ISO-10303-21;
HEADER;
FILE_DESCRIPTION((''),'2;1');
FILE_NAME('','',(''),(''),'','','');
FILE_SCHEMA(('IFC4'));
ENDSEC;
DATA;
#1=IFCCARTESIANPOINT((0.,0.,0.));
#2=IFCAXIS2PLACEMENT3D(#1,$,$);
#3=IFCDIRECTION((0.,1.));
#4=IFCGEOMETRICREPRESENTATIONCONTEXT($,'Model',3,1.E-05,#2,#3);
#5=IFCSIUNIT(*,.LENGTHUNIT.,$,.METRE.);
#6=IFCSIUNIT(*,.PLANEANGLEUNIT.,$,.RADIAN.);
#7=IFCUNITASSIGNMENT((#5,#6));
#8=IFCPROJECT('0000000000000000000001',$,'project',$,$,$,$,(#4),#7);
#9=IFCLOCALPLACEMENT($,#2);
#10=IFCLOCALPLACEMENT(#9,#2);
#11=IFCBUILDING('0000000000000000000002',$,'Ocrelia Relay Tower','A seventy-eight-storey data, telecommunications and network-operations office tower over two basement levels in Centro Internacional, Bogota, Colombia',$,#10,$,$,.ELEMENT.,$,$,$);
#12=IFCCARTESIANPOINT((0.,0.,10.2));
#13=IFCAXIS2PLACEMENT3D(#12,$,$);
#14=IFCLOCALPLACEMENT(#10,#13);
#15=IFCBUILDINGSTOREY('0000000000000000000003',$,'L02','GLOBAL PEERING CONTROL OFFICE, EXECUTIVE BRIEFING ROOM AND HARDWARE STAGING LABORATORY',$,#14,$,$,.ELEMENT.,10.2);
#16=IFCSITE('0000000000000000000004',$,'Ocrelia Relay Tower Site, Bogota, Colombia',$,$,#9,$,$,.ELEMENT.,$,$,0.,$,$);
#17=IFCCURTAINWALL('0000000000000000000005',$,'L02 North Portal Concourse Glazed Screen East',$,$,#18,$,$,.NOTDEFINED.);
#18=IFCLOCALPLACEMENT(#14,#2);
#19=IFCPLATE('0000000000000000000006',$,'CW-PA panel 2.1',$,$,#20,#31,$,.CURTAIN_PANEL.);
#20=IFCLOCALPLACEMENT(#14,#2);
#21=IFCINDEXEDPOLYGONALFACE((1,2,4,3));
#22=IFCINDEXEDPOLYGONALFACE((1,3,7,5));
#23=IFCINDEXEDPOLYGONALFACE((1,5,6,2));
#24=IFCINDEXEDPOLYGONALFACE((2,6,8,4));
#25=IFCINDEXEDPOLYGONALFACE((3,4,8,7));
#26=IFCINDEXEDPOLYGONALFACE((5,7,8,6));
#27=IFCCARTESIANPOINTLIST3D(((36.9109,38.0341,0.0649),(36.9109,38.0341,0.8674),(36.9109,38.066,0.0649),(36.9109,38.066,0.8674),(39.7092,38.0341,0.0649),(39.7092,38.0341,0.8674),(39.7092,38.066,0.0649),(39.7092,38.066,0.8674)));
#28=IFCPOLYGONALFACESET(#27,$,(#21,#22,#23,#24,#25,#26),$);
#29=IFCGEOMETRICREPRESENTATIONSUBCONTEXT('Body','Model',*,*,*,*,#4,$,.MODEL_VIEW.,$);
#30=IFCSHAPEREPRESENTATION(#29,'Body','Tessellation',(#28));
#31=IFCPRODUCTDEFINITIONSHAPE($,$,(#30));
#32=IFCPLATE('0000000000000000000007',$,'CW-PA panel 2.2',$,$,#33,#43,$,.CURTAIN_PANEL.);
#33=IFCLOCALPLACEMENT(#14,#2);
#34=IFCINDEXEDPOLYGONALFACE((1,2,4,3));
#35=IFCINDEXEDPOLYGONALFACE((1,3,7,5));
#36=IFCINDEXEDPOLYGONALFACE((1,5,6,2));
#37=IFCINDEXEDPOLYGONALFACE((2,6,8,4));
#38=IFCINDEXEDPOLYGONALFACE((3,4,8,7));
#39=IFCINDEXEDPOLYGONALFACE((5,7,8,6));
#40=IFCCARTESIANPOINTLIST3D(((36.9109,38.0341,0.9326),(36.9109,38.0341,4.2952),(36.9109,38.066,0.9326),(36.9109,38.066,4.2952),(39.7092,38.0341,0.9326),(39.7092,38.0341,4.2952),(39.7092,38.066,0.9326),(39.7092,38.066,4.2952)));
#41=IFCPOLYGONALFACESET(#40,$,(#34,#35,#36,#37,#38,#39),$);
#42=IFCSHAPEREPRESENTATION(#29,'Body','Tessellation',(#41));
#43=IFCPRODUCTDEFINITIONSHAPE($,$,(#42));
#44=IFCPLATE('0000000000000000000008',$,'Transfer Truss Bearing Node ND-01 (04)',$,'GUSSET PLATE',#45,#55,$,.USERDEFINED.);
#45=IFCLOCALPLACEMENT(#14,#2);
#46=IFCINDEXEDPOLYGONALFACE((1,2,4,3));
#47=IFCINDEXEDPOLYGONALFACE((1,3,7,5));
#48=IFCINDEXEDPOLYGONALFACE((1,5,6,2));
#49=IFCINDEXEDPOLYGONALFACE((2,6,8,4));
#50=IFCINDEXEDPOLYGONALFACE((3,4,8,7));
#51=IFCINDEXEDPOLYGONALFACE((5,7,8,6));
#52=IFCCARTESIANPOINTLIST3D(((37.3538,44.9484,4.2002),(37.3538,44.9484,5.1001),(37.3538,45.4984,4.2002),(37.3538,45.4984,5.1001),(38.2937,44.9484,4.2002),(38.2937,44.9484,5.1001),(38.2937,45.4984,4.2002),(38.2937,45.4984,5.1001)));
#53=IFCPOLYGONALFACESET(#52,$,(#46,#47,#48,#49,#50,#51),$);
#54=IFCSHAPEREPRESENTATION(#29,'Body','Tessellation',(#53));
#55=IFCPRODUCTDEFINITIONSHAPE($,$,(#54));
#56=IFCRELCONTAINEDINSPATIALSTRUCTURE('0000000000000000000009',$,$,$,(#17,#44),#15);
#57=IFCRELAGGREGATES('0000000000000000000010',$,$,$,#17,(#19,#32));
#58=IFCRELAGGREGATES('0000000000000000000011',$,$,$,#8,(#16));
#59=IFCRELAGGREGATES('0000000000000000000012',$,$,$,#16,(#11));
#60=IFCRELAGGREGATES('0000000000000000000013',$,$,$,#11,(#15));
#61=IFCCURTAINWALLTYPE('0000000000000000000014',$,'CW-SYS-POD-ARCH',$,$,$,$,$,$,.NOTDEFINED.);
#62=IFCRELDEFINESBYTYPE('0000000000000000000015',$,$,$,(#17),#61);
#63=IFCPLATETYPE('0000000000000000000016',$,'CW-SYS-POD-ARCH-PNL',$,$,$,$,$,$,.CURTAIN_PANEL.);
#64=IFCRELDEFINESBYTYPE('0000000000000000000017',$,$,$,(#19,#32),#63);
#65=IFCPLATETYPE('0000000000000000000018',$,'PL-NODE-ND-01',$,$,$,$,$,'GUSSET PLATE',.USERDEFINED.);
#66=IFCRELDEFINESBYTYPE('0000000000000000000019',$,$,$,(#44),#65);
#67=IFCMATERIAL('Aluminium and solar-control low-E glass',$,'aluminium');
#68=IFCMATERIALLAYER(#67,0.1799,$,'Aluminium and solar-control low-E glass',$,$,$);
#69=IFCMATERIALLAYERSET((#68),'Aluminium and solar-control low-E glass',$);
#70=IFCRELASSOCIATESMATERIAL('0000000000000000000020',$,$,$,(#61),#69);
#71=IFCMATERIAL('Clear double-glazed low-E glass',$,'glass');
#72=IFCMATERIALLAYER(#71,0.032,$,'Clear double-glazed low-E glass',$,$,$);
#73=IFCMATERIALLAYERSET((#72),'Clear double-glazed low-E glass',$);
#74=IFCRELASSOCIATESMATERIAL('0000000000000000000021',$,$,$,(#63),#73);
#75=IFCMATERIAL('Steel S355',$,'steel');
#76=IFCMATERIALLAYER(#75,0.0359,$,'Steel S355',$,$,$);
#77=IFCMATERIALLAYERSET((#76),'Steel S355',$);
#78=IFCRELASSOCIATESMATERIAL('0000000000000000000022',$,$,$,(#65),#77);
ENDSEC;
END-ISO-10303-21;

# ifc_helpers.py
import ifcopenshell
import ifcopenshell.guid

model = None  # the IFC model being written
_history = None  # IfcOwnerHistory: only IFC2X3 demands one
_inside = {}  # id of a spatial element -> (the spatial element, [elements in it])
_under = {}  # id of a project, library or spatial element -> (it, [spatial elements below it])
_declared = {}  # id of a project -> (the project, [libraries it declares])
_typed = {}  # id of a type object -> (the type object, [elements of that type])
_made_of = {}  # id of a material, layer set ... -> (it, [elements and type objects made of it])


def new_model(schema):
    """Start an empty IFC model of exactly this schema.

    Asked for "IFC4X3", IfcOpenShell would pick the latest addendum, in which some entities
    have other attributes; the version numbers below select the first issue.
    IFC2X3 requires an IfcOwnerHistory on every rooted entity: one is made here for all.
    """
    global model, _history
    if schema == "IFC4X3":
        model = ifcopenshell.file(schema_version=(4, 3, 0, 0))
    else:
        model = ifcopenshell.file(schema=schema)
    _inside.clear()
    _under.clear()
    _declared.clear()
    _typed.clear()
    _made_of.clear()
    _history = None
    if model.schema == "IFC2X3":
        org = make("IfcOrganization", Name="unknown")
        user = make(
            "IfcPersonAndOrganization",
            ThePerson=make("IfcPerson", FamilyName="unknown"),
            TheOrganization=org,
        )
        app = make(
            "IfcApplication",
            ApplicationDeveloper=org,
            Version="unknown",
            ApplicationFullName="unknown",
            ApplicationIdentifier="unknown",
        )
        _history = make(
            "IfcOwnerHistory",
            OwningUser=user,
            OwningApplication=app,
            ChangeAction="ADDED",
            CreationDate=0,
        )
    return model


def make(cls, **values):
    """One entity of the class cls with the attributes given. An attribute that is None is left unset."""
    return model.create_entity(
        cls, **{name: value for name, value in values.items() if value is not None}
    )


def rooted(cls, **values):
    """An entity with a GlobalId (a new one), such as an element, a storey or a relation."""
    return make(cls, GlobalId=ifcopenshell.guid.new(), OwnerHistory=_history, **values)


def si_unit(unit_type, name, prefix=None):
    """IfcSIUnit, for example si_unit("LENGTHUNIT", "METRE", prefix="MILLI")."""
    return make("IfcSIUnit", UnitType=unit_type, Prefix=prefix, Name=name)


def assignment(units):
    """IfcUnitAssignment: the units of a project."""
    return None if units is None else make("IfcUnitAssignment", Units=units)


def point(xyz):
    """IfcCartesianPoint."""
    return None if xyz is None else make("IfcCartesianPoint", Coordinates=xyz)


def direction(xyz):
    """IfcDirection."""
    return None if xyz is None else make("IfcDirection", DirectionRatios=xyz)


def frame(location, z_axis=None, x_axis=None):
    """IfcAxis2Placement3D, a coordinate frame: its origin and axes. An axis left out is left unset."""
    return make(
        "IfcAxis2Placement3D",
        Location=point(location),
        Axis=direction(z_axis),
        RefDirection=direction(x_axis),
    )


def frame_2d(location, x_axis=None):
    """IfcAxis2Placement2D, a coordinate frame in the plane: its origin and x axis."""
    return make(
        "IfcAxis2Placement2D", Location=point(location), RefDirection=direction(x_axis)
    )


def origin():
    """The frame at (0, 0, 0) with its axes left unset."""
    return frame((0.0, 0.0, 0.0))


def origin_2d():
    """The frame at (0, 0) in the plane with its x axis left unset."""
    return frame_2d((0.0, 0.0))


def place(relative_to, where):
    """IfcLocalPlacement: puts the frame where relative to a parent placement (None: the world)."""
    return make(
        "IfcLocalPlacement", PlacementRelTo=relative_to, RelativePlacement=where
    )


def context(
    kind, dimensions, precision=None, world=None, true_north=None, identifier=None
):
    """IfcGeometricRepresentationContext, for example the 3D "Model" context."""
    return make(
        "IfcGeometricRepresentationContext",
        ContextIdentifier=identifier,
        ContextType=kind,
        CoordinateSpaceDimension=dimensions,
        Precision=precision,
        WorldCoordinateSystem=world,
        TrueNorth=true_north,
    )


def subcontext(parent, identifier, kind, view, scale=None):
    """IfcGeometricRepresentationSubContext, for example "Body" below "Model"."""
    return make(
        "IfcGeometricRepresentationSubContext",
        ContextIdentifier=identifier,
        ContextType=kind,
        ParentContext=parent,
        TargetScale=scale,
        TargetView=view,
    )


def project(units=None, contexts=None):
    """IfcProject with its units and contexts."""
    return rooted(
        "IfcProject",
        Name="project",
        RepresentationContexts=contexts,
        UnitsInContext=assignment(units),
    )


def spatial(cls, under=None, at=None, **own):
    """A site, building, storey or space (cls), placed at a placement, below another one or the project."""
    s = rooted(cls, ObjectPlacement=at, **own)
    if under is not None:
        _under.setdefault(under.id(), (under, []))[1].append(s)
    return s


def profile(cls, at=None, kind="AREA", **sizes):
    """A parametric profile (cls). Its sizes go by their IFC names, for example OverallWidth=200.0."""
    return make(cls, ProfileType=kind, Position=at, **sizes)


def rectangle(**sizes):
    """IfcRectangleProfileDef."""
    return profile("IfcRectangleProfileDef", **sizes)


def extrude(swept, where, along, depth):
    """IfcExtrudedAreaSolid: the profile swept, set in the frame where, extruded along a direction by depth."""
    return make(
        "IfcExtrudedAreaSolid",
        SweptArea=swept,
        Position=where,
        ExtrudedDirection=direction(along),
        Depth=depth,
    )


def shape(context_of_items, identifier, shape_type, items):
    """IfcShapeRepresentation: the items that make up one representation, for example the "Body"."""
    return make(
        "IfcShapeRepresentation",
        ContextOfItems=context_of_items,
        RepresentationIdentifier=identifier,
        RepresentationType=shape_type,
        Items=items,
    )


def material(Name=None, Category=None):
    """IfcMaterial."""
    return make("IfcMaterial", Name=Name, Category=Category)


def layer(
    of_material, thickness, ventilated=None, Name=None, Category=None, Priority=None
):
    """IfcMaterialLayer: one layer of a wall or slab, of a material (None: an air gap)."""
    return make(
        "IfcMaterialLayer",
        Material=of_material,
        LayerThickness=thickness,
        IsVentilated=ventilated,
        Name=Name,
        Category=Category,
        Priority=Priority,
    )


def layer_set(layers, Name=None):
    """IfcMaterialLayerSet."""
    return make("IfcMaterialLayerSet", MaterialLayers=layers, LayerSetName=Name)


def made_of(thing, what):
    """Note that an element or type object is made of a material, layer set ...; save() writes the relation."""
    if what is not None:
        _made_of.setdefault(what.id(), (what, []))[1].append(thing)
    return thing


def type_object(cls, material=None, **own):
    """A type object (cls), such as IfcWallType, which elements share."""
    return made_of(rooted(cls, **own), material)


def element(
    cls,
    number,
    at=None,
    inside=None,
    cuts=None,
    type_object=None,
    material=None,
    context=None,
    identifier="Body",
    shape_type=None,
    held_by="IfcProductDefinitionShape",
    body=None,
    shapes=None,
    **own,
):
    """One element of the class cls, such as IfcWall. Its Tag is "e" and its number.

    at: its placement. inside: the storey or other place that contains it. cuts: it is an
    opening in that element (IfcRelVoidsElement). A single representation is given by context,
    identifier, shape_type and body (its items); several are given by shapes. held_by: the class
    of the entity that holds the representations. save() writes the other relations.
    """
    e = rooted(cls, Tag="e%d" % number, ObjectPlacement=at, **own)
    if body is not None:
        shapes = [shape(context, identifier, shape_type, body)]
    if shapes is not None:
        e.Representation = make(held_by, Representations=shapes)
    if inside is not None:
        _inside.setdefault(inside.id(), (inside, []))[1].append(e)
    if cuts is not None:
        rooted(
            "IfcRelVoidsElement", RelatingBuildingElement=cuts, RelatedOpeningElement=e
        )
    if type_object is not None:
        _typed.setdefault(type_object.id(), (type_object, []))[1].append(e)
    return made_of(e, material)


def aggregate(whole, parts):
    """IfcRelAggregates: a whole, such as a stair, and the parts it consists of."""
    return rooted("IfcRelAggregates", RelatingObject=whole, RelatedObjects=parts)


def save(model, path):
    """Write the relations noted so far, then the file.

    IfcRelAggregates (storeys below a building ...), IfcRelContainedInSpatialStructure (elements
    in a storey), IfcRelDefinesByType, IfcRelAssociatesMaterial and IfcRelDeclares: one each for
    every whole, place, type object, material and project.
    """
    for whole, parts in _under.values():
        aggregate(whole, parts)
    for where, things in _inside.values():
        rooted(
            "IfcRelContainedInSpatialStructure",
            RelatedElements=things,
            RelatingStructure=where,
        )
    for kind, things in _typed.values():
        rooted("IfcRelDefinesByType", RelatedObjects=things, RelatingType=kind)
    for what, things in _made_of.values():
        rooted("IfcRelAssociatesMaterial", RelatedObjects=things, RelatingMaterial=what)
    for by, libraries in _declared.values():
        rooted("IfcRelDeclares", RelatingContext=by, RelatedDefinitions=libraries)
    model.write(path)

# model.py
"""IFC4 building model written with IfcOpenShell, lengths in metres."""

from ifc_helpers import new_model, si_unit, direction, frame, origin, origin_2d, place, context, subcontext, project, spatial, rectangle, extrude, material, layer, layer_set, type_object, element, aggregate, save


model = new_model("IFC4")

# Units and contexts
model_context = context("Model", 3, precision=1e-05, world=origin(), true_north=direction((0.0, 1.0)))
body_context = subcontext(model_context, "Body", "Model", "MODEL_VIEW")
ifc_project = project(units=[si_unit("LENGTHUNIT", "METRE"), si_unit("PLANEANGLEUNIT", "RADIAN")], contexts=[model_context])

# Site, building, storey
site_placement = place(None, origin())
site = spatial("IfcSite", under=ifc_project, at=site_placement, Name="Ocrelia Relay Tower Site, Bogota, Colombia", CompositionType="ELEMENT", RefElevation=0.0)
building_placement = place(site_placement, origin())
building = spatial("IfcBuilding", under=site, at=building_placement, Name="Ocrelia Relay Tower", Description="A seventy-eight-storey data, telecommunications and network-operations office tower over two basement levels in Centro Internacional, Bogota, Colombia", CompositionType="ELEMENT")
storey_placement = place(building_placement, frame((0.0, 0.0, 10.2)))
storey = spatial("IfcBuildingStorey", under=building, at=storey_placement, Name="L02", Description="GLOBAL PEERING CONTROL OFFICE, EXECUTIVE BRIEFING ROOM AND HARDWARE STAGING LABORATORY", CompositionType="ELEMENT", Elevation=10.2)

# Shared definitions
ifc_material_1 = material(Name="Steel S355", Category="steel")

# Curtain wall
ifc_material_2 = material(Name="Aluminium and solar-control low-E glass", Category="aluminium")
ifc_layer_1 = layer(ifc_material_2, 0.1799, Name="Aluminium and solar-control low-E glass")
ifc_layer_set_1 = layer_set([ifc_layer_1], Name="Aluminium and solar-control low-E glass")
curtain_wall_type = type_object("IfcCurtainWallType", Name="CW-SYS-POD-ARCH", PredefinedType="NOTDEFINED", material=ifc_layer_set_1)
curtain_wall_placement = place(storey_placement, origin())
curtain_wall = element("IfcCurtainWall", 1, at=curtain_wall_placement, inside=storey, type_object=curtain_wall_type, Name="L02 North Portal Concourse Glazed Screen East", PredefinedType="NOTDEFINED")

# Plates
ifc_material_3 = material(Name="Clear double-glazed low-E glass", Category="glass")
ifc_layer_2 = layer(ifc_material_3, 0.032, Name="Clear double-glazed low-E glass")
ifc_layer_set_2 = layer_set([ifc_layer_2], Name="Clear double-glazed low-E glass")
plate_type_1 = type_object("IfcPlateType", Name="CW-SYS-POD-ARCH-PNL", PredefinedType="CURTAIN_PANEL", material=ifc_layer_set_2)
plate_1_placement = place(storey_placement, frame((38.3101, 38.05, 0.0649), z_axis=(0.0, 0.0, 1.0), x_axis=(1.0, 0.0, 0.0)))
plate_1 = element("IfcPlate", 2, at=plate_1_placement, type_object=plate_type_1, Name="CW-PA panel 2.1", PredefinedType="CURTAIN_PANEL", context=body_context, shape_type="SweptSolid", body=[
    extrude(rectangle(XDim=2.7983, YDim=0.032, at=origin_2d()), origin(), (0.0, 0.0, 1.0), 0.8025),
])
plate_2_placement = place(storey_placement, frame((38.3101, 38.05, 0.9326), z_axis=(0.0, 0.0, 1.0), x_axis=(1.0, 0.0, 0.0)))
plate_2 = element("IfcPlate", 3, at=plate_2_placement, type_object=plate_type_1, Name="CW-PA panel 2.2", PredefinedType="CURTAIN_PANEL", context=body_context, shape_type="SweptSolid", body=[
    extrude(rectangle(XDim=2.7983, YDim=0.032, at=origin_2d()), origin(), (0.0, 0.0, 1.0), 3.3625),
])
aggregate(curtain_wall, [plate_1, plate_2])
ifc_layer_3 = layer(ifc_material_1, 0.0359, Name="Steel S355")
ifc_layer_set_3 = layer_set([ifc_layer_3], Name="Steel S355")
plate_type_2 = type_object("IfcPlateType", Name="PL-NODE-ND-01", ElementType="GUSSET PLATE", PredefinedType="USERDEFINED", material=ifc_layer_set_3)
plate_3_placement = place(storey_placement, frame((37.8237, 45.2234, 4.2002), z_axis=(0.0, 0.0, 1.0), x_axis=(1.0, 0.0, 0.0)))
element("IfcPlate", 4, at=plate_3_placement, inside=storey, type_object=plate_type_2, Name="Transfer Truss Bearing Node ND-01 (04)", ObjectType="GUSSET PLATE", PredefinedType="USERDEFINED", context=body_context, shape_type="SweptSolid", body=[
    extrude(rectangle(XDim=0.9399, YDim=0.55, at=origin_2d()), origin(), (0.0, 0.0, 1.0), 0.8999),
])

save(model, "model.ifc")
